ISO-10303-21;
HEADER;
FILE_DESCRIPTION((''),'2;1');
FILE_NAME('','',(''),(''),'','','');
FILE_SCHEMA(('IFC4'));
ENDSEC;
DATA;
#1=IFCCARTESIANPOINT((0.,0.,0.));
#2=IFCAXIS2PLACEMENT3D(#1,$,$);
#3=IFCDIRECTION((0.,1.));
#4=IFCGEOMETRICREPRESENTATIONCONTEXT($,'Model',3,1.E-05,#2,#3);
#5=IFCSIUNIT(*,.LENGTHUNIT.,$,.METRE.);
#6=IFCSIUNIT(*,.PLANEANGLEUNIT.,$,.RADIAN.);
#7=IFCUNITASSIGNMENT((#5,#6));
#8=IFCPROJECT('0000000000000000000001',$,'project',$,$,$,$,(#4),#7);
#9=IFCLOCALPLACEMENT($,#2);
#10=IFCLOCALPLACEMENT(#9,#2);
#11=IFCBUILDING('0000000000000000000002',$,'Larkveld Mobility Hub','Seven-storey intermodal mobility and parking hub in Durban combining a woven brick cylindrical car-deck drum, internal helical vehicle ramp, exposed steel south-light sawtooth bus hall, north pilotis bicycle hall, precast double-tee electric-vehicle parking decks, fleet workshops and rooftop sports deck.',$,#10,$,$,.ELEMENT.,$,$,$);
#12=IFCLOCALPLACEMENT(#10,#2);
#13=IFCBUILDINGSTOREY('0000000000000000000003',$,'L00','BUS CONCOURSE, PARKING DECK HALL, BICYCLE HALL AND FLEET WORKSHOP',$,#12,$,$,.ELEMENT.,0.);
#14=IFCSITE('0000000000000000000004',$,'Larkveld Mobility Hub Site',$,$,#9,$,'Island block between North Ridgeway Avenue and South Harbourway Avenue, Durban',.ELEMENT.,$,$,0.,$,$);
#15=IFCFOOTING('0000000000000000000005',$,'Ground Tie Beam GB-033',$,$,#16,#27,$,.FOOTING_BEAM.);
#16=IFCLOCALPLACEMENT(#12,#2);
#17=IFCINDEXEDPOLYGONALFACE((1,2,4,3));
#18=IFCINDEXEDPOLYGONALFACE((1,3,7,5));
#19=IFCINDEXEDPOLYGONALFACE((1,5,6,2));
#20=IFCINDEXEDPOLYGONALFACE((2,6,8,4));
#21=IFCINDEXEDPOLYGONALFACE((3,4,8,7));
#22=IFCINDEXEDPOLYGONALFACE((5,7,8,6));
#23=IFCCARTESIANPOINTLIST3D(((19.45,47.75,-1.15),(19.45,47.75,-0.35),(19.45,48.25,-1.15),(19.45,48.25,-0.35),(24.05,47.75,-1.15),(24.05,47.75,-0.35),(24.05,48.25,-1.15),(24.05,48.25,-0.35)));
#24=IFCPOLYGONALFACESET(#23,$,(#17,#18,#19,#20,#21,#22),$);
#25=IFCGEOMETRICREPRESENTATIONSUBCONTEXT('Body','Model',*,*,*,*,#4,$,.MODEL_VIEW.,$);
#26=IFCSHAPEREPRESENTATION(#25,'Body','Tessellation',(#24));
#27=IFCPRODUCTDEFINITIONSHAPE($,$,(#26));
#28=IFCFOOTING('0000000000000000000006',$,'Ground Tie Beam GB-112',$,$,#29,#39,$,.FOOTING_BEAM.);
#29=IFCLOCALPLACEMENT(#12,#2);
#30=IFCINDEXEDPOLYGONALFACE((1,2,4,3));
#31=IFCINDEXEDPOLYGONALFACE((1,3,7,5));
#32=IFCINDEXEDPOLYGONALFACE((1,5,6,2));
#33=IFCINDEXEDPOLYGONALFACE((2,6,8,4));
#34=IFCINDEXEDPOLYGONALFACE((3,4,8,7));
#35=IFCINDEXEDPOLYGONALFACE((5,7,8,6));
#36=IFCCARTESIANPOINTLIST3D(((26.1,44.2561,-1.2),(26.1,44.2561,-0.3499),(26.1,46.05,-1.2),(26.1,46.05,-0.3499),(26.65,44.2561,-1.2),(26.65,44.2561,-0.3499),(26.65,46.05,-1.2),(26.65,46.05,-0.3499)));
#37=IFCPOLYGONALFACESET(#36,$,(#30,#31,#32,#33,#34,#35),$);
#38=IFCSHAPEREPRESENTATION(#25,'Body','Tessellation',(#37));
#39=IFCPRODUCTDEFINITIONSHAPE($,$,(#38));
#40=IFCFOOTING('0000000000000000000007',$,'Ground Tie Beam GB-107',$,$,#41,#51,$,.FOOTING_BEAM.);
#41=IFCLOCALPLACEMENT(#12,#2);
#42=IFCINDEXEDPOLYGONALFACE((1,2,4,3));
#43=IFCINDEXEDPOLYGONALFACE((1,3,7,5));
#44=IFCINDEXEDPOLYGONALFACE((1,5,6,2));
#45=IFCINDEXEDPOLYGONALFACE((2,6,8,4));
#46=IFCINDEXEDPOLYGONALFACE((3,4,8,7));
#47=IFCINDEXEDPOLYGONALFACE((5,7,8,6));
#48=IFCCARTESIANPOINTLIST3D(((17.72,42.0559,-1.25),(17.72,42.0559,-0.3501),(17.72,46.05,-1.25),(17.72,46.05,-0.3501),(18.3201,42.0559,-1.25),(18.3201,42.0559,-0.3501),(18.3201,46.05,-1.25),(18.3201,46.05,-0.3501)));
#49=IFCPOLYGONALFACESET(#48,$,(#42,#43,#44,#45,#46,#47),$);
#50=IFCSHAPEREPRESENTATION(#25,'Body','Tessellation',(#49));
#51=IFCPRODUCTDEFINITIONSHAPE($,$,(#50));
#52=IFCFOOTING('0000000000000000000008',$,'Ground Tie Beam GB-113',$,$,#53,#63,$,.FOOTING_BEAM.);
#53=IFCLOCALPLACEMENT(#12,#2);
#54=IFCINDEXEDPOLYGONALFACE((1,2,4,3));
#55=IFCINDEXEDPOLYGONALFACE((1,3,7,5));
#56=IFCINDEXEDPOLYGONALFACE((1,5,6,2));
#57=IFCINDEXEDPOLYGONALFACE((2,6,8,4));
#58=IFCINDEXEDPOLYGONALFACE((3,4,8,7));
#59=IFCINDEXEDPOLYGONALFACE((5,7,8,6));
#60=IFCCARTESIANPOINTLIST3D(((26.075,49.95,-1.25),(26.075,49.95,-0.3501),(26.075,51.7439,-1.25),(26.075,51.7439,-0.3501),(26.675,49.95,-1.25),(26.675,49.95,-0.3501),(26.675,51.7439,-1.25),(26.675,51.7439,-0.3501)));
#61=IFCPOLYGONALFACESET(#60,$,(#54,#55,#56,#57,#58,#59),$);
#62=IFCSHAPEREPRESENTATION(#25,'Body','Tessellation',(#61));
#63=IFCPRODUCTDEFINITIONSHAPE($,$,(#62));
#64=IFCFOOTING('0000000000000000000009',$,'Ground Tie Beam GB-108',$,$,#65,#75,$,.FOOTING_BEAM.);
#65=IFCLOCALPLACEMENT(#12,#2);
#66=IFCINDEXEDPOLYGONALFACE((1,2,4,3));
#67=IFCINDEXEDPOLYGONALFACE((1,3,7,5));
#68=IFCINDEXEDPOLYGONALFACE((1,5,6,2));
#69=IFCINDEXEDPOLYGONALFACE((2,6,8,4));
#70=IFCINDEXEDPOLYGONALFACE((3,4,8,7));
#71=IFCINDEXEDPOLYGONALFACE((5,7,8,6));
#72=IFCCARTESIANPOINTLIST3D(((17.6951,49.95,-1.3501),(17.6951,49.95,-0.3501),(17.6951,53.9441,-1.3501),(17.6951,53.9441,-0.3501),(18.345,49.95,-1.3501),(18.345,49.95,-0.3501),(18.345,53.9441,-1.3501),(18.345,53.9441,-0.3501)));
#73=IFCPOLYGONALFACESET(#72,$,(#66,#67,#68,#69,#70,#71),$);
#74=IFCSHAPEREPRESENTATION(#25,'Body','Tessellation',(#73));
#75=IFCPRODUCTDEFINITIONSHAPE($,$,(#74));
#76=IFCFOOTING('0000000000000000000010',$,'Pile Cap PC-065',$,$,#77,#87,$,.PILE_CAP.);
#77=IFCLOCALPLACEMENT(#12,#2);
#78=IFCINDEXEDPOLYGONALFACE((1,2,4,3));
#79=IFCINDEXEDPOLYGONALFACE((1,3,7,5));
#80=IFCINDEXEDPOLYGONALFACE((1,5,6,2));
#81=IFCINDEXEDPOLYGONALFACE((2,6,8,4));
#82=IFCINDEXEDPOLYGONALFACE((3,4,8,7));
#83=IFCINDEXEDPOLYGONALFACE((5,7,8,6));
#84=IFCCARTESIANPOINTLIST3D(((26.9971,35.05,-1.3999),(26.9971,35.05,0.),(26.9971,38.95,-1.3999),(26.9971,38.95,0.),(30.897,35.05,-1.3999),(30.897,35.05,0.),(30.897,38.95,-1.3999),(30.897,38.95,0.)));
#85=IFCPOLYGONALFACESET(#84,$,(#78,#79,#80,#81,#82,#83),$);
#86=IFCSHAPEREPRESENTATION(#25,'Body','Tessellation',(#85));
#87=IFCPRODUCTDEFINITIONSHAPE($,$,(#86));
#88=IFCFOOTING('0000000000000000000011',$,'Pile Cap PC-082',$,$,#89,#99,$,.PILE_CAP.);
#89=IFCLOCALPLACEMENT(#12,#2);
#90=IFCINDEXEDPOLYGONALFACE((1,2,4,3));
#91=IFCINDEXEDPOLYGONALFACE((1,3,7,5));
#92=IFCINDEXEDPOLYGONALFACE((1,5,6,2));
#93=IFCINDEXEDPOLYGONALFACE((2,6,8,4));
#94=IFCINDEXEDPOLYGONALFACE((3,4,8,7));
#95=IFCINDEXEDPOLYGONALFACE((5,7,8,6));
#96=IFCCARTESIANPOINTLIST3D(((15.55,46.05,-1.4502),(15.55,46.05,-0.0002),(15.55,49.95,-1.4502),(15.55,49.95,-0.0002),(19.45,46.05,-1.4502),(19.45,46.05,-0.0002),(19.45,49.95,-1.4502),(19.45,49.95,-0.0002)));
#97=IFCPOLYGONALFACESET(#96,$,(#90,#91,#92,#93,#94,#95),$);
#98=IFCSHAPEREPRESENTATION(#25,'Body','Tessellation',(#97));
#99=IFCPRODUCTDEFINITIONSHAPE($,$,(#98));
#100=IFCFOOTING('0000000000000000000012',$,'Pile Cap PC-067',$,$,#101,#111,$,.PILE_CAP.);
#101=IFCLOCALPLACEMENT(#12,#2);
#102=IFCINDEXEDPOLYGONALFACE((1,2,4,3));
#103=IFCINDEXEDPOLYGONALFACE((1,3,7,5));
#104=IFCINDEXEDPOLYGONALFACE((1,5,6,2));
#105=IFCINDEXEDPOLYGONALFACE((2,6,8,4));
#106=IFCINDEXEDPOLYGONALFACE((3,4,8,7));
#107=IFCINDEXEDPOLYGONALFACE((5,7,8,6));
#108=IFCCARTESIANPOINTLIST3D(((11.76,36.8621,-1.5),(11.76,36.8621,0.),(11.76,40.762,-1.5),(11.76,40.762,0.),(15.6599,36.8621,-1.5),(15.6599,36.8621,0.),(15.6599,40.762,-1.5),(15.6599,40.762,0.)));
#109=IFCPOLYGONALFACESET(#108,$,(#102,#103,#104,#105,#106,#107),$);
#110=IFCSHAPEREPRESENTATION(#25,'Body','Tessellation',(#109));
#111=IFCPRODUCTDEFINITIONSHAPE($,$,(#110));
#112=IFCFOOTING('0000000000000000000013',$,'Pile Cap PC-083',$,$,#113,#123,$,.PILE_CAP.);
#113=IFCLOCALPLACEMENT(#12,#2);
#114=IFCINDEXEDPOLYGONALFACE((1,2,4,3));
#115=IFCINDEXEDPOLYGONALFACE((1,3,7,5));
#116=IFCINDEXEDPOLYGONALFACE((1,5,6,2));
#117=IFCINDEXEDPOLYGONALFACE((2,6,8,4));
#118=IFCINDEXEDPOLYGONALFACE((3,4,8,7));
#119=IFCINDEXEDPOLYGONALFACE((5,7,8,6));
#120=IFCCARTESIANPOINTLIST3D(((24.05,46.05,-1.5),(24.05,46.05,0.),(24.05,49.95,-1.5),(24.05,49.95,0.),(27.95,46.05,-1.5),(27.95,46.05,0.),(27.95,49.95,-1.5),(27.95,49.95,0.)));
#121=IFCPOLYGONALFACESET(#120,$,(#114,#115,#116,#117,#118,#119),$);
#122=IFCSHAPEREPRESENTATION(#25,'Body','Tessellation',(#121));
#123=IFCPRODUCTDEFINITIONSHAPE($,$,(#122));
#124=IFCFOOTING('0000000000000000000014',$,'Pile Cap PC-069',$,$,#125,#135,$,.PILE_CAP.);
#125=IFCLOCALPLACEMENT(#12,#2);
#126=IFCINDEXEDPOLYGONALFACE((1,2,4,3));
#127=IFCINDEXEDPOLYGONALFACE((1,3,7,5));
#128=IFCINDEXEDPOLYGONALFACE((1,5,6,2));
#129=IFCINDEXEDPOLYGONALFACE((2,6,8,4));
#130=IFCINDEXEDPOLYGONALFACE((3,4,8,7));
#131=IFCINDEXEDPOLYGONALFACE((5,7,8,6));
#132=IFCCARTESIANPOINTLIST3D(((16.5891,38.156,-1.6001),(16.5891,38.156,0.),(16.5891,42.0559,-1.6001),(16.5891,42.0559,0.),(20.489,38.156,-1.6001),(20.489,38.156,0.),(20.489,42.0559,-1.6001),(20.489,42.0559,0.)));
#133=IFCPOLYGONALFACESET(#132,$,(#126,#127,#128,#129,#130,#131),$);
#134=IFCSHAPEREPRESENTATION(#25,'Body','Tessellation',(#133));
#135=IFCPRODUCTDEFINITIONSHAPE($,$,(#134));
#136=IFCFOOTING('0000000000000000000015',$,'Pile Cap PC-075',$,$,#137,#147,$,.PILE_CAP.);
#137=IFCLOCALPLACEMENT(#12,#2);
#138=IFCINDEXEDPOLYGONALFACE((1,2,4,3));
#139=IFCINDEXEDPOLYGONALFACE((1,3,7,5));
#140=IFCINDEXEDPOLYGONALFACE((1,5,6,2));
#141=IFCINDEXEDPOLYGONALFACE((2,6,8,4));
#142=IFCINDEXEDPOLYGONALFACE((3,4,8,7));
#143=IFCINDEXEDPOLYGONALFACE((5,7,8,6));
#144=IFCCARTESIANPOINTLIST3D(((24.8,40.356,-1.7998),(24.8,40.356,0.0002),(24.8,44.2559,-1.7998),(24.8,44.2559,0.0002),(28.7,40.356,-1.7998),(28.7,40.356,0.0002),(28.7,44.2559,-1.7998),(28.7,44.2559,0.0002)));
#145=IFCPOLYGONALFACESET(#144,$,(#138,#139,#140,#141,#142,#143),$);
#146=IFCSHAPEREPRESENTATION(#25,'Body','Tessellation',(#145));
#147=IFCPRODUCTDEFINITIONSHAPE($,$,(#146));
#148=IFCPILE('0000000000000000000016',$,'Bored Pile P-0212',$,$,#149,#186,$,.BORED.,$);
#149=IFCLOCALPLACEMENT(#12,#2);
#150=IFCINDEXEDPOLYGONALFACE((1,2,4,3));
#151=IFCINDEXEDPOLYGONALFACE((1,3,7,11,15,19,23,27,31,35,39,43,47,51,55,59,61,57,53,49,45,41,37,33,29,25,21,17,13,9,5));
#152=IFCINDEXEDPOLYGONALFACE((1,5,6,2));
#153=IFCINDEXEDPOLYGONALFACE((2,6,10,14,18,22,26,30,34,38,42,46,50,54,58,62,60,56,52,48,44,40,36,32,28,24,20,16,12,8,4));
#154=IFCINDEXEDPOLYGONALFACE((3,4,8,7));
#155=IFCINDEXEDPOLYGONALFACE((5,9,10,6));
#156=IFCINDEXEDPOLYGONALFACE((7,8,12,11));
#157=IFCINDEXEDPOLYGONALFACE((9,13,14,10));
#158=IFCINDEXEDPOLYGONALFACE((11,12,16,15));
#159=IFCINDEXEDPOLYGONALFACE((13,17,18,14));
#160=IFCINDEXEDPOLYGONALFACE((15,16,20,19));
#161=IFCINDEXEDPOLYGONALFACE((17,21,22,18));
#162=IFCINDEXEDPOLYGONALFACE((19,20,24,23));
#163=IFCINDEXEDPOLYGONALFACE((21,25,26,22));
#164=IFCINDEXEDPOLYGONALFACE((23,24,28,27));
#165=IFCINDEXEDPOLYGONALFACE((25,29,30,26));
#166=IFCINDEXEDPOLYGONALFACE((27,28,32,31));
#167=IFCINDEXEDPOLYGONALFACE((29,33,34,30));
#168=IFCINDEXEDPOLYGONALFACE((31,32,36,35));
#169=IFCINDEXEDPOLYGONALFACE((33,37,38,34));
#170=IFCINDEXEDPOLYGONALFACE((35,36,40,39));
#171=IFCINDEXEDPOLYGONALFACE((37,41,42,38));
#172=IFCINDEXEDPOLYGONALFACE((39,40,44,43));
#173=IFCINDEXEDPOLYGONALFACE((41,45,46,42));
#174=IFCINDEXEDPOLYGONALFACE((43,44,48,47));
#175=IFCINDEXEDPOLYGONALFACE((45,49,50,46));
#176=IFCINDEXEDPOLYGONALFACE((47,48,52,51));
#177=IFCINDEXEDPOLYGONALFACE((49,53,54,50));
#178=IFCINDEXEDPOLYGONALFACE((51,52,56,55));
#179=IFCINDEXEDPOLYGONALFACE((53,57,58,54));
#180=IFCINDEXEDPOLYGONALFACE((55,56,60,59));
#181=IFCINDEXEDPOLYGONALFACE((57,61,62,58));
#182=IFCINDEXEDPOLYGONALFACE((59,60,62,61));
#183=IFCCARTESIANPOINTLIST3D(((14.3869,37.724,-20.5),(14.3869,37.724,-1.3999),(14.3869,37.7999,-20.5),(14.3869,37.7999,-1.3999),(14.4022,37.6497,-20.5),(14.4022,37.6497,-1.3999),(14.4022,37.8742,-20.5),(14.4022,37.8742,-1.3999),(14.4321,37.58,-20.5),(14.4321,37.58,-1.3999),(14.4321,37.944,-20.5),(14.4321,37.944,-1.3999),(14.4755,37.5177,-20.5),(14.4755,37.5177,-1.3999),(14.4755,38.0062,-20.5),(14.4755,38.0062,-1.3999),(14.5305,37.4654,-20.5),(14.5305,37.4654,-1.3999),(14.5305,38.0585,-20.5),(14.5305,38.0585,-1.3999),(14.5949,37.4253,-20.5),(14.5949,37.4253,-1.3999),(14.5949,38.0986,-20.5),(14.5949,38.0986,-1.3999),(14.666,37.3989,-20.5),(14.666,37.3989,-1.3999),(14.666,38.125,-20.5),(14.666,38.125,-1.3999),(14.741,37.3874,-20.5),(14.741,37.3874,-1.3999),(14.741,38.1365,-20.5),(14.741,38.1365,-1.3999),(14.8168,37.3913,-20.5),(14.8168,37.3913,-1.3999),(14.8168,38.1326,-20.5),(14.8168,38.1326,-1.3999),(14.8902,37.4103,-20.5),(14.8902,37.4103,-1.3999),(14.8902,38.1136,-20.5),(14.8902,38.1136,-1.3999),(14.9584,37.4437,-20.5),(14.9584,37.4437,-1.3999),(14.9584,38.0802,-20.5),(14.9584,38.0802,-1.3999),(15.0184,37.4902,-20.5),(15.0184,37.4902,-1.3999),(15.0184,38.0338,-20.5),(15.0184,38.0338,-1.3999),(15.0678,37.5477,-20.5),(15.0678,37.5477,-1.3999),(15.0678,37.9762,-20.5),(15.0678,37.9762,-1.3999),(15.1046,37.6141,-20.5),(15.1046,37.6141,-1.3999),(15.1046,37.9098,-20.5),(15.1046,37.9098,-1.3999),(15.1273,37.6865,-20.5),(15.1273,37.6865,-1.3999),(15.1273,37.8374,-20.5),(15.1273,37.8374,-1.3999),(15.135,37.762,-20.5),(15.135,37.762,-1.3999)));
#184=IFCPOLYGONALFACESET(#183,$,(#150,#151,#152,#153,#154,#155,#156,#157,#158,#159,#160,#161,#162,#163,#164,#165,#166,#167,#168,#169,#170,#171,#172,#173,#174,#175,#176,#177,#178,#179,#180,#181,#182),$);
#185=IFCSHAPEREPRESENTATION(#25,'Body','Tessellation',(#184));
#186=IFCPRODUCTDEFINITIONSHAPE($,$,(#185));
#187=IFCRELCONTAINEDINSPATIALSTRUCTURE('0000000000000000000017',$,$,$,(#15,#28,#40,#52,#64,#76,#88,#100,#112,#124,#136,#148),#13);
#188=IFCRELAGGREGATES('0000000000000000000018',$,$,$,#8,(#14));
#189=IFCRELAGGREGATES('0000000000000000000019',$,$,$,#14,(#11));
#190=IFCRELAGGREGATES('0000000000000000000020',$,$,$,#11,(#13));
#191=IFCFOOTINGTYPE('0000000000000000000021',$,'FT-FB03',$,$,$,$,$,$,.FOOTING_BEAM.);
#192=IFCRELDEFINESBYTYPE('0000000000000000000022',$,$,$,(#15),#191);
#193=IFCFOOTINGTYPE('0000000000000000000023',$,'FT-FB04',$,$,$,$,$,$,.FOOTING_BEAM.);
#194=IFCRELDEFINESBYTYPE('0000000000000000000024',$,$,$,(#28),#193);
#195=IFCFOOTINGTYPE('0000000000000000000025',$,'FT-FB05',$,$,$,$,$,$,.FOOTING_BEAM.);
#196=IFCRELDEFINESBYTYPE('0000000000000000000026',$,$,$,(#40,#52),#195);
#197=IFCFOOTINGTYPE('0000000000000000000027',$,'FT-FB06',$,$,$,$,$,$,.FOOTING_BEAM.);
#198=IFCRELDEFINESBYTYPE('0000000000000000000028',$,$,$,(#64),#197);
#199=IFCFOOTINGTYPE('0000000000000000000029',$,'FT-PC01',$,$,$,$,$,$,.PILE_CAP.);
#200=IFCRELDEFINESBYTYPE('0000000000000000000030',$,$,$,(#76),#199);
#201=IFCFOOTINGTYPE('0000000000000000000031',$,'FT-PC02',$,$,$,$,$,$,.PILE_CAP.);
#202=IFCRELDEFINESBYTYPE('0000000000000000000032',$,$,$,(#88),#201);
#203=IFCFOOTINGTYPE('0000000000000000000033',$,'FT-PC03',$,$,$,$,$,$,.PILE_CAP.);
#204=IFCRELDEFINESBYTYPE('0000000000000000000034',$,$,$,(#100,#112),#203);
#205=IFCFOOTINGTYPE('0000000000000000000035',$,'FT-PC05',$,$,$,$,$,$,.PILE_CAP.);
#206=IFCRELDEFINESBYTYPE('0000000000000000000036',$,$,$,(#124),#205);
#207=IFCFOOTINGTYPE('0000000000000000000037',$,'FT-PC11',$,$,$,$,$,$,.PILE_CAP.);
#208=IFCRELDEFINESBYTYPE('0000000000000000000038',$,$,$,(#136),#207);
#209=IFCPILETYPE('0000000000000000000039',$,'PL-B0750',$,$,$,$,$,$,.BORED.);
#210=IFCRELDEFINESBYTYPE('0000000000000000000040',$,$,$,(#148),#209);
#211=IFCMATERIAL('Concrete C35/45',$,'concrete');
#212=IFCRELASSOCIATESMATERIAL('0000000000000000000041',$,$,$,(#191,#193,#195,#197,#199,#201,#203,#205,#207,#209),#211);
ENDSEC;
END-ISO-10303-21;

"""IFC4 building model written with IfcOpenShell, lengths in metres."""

from ifc_helpers import new_model, si_unit, direction, frame, origin, origin_2d, place, context, subcontext, project, spatial, rectangle, circle, extrude, material, material_profile, profile_set, type_object, element, save


model = new_model("IFC4")

# Units and contexts
model_context = context("Model", 3, precision=1e-05, world=origin(), true_north=direction((0.0, 1.0)))
body_context = subcontext(model_context, "Body", "Model", "MODEL_VIEW")
ifc_project = project(units=[si_unit("LENGTHUNIT", "METRE"), si_unit("PLANEANGLEUNIT", "RADIAN")], contexts=[model_context])

# Site, building, storey
site_placement = place(None, origin())
site = spatial("IfcSite", under=ifc_project, at=site_placement, Name="Larkveld Mobility Hub Site", LongName="Island block between North Ridgeway Avenue and South Harbourway Avenue, Durban", CompositionType="ELEMENT", RefElevation=0.0)
building_placement = place(site_placement, origin())
building = spatial("IfcBuilding", under=site, at=building_placement, Name="Larkveld Mobility Hub", Description="Seven-storey intermodal mobility and parking hub in Durban combining a woven brick cylindrical car-deck drum, internal helical vehicle ramp, exposed steel south-light sawtooth bus hall, north pilotis bicycle hall, precast double-tee electric-vehicle parking decks, fleet workshops and rooftop sports deck.", CompositionType="ELEMENT")
storey_placement = place(building_placement, origin())
storey = spatial("IfcBuildingStorey", under=building, at=storey_placement, Name="L00", Description="BUS CONCOURSE, PARKING DECK HALL, BICYCLE HALL AND FLEET WORKSHOP", CompositionType="ELEMENT", Elevation=0.0)

# Footings
ifc_material_1 = material(Name="Concrete C35/45", Category="concrete")
ifc_material_profile_1 = material_profile(ifc_material_1, rectangle(XDim=0.5, YDim=0.8, at=origin_2d()), Name="RC BM 500x800")
ifc_profile_set_1 = profile_set([ifc_material_profile_1], Name="Concrete C35/45")
footing_type_1 = type_object("IfcFootingType", Name="FT-FB03", PredefinedType="FOOTING_BEAM", material=ifc_profile_set_1)
footing_1_placement = place(storey_placement, frame((19.45, 48.0, -0.75), z_axis=(1.0, 0.0, 0.0), x_axis=(0.0, 1.0, 0.0)))
element("IfcFooting", 1, at=footing_1_placement, inside=storey, type_object=footing_type_1, Name="Ground Tie Beam GB-033", PredefinedType="FOOTING_BEAM", context=body_context, shape_type="SweptSolid", body=[
    extrude(rectangle(XDim=0.5, YDim=0.8, at=origin_2d()), origin(), (0.0, 0.0, 1.0), 4.6001),
])
ifc_material_profile_2 = material_profile(ifc_material_1, rectangle(XDim=0.55, YDim=0.8501, at=origin_2d()), Name="RC BM 550x850")
ifc_profile_set_2 = profile_set([ifc_material_profile_2], Name="Concrete C35/45")
footing_type_2 = type_object("IfcFootingType", Name="FT-FB04", PredefinedType="FOOTING_BEAM", material=ifc_profile_set_2)
footing_2_placement = place(storey_placement, frame((26.375, 44.2561, -0.7749), z_axis=(0.0, 1.0, 0.0), x_axis=(-1.0, 0.0, 0.0)))
element("IfcFooting", 2, at=footing_2_placement, inside=storey, type_object=footing_type_2, Name="Ground Tie Beam GB-112", PredefinedType="FOOTING_BEAM", context=body_context, shape_type="SweptSolid", body=[
    extrude(rectangle(XDim=0.55, YDim=0.8501, at=origin_2d()), origin(), (0.0, 0.0, 1.0), 1.7939),
])
ifc_material_profile_3 = material_profile(ifc_material_1, rectangle(XDim=0.6001, YDim=0.8999, at=origin_2d()), Name="RC BM 600x900")
ifc_profile_set_3 = profile_set([ifc_material_profile_3], Name="Concrete C35/45")
footing_type_3 = type_object("IfcFootingType", Name="FT-FB05", PredefinedType="FOOTING_BEAM", material=ifc_profile_set_3)
footing_3_placement = place(storey_placement, frame((18.02, 42.0559, -0.8), z_axis=(0.0, 1.0, 0.0), x_axis=(-1.0, 0.0, 0.0)))
element("IfcFooting", 3, at=footing_3_placement, inside=storey, type_object=footing_type_3, Name="Ground Tie Beam GB-107", PredefinedType="FOOTING_BEAM", context=body_context, shape_type="SweptSolid", body=[
    extrude(rectangle(XDim=0.6001, YDim=0.8999, at=origin_2d()), origin(), (0.0, 0.0, 1.0), 3.9941),
])
footing_4_placement = place(storey_placement, frame((26.375, 49.95, -0.8), z_axis=(0.0, 1.0, 0.0), x_axis=(-1.0, 0.0, 0.0)))
element("IfcFooting", 4, at=footing_4_placement, inside=storey, type_object=footing_type_3, Name="Ground Tie Beam GB-113", PredefinedType="FOOTING_BEAM", context=body_context, shape_type="SweptSolid", body=[
    extrude(rectangle(XDim=0.6001, YDim=0.8999, at=origin_2d()), origin(), (0.0, 0.0, 1.0), 1.7939),
])
ifc_material_profile_4 = material_profile(ifc_material_1, rectangle(XDim=0.6499, YDim=1.0, at=origin_2d()), Name="RC BM 650x1000")
ifc_profile_set_4 = profile_set([ifc_material_profile_4], Name="Concrete C35/45")
footing_type_4 = type_object("IfcFootingType", Name="FT-FB06", PredefinedType="FOOTING_BEAM", material=ifc_profile_set_4)
footing_5_placement = place(storey_placement, frame((18.02, 49.95, -0.8501), z_axis=(0.0, 1.0, 0.0), x_axis=(-1.0, 0.0, 0.0)))
element("IfcFooting", 5, at=footing_5_placement, inside=storey, type_object=footing_type_4, Name="Ground Tie Beam GB-108", PredefinedType="FOOTING_BEAM", context=body_context, shape_type="SweptSolid", body=[
    extrude(rectangle(XDim=0.6499, YDim=1.0, at=origin_2d()), origin(), (0.0, 0.0, 1.0), 3.9941),
])
footing_type_5 = type_object("IfcFootingType", Name="FT-PC01", PredefinedType="PILE_CAP", material=ifc_material_1)
footing_6_placement = place(storey_placement, frame((28.947, 37.0, -1.3999), z_axis=(0.0, 0.0, 1.0), x_axis=(1.0, 0.0, 0.0)))
element("IfcFooting", 6, at=footing_6_placement, inside=storey, type_object=footing_type_5, Name="Pile Cap PC-065", PredefinedType="PILE_CAP", context=body_context, shape_type="SweptSolid", body=[
    extrude(rectangle(XDim=3.8999, YDim=3.8999, at=origin_2d()), origin(), (0.0, 0.0, 1.0), 1.3999),
])
footing_type_6 = type_object("IfcFootingType", Name="FT-PC02", PredefinedType="PILE_CAP", material=ifc_material_1)
footing_7_placement = place(storey_placement, frame((17.5, 48.0, -1.4502), z_axis=(0.0, 0.0, 1.0), x_axis=(1.0, 0.0, 0.0)))
element("IfcFooting", 7, at=footing_7_placement, inside=storey, type_object=footing_type_6, Name="Pile Cap PC-082", PredefinedType="PILE_CAP", context=body_context, shape_type="SweptSolid", body=[
    extrude(rectangle(XDim=3.8999, YDim=3.8999, at=origin_2d()), origin(), (0.0, 0.0, 1.0), 1.45),
])
footing_type_7 = type_object("IfcFootingType", Name="FT-PC03", PredefinedType="PILE_CAP", material=ifc_material_1)
for number, where, z_axis, x_axis, name in (
    (8, (13.71, 38.812, -1.5), (0.0, 0.0, 1.0), (1.0, 0.0, 0.0), "Pile Cap PC-067"),
    (9, (26.0, 48.0, -1.5), (0.0, 0.0, 1.0), (1.0, 0.0, 0.0), "Pile Cap PC-083"),
):
    element("IfcFooting", number, at=place(storey_placement, frame(where, z_axis=z_axis, x_axis=x_axis)), inside=storey, type_object=footing_type_7, Name=name, PredefinedType="PILE_CAP", context=body_context, shape_type="SweptSolid", body=[
        extrude(rectangle(XDim=3.8999, YDim=3.8999, at=origin_2d()), origin(), (0.0, 0.0, 1.0), 1.5),
    ])
footing_type_8 = type_object("IfcFootingType", Name="FT-PC05", PredefinedType="PILE_CAP", material=ifc_material_1)
footing_8_placement = place(storey_placement, frame((18.5391, 40.106, -1.6001), z_axis=(0.0, 0.0, 1.0), x_axis=(1.0, 0.0, 0.0)))
element("IfcFooting", 10, at=footing_8_placement, inside=storey, type_object=footing_type_8, Name="Pile Cap PC-069", PredefinedType="PILE_CAP", context=body_context, shape_type="SweptSolid", body=[
    extrude(rectangle(XDim=3.8999, YDim=3.8999, at=origin_2d()), origin(), (0.0, 0.0, 1.0), 1.6001),
])
footing_type_9 = type_object("IfcFootingType", Name="FT-PC11", PredefinedType="PILE_CAP", material=ifc_material_1)
footing_9_placement = place(storey_placement, frame((26.75, 42.3059, -1.7998), z_axis=(0.0, 0.0, 1.0), x_axis=(1.0, 0.0, 0.0)))
element("IfcFooting", 11, at=footing_9_placement, inside=storey, type_object=footing_type_9, Name="Pile Cap PC-075", PredefinedType="PILE_CAP", context=body_context, shape_type="SweptSolid", body=[
    extrude(rectangle(XDim=3.8999, YDim=3.8999, at=origin_2d()), origin(), (0.0, 0.0, 1.0), 1.8),
])

# Pile
ifc_material_profile_5 = material_profile(ifc_material_1, circle(Radius=0.375, at=origin_2d()), Name="PILE D750")
ifc_profile_set_5 = profile_set([ifc_material_profile_5], Name="Concrete C35/45")
pile_type_1 = type_object("IfcPileType", Name="PL-B0750", PredefinedType="BORED", material=ifc_profile_set_5)
for number, where, z_axis, x_axis, name in (
    (12, (14.76, 37.762, -1.3999), (0.0, 0.0, -1.0), (1.0, 0.0, 0.0), "Bored Pile P-0212"),
):
    element("IfcPile", number, at=place(storey_placement, frame(where, z_axis=z_axis, x_axis=x_axis)), inside=storey, type_object=pile_type_1, Name=name, PredefinedType="BORED", context=body_context, shape_type="SweptSolid", body=[
        extrude(circle(Radius=0.375, at=origin_2d()), origin(), (0.0, 0.0, 1.0), 19.1001),
    ])

save(model, "model.ifc")
